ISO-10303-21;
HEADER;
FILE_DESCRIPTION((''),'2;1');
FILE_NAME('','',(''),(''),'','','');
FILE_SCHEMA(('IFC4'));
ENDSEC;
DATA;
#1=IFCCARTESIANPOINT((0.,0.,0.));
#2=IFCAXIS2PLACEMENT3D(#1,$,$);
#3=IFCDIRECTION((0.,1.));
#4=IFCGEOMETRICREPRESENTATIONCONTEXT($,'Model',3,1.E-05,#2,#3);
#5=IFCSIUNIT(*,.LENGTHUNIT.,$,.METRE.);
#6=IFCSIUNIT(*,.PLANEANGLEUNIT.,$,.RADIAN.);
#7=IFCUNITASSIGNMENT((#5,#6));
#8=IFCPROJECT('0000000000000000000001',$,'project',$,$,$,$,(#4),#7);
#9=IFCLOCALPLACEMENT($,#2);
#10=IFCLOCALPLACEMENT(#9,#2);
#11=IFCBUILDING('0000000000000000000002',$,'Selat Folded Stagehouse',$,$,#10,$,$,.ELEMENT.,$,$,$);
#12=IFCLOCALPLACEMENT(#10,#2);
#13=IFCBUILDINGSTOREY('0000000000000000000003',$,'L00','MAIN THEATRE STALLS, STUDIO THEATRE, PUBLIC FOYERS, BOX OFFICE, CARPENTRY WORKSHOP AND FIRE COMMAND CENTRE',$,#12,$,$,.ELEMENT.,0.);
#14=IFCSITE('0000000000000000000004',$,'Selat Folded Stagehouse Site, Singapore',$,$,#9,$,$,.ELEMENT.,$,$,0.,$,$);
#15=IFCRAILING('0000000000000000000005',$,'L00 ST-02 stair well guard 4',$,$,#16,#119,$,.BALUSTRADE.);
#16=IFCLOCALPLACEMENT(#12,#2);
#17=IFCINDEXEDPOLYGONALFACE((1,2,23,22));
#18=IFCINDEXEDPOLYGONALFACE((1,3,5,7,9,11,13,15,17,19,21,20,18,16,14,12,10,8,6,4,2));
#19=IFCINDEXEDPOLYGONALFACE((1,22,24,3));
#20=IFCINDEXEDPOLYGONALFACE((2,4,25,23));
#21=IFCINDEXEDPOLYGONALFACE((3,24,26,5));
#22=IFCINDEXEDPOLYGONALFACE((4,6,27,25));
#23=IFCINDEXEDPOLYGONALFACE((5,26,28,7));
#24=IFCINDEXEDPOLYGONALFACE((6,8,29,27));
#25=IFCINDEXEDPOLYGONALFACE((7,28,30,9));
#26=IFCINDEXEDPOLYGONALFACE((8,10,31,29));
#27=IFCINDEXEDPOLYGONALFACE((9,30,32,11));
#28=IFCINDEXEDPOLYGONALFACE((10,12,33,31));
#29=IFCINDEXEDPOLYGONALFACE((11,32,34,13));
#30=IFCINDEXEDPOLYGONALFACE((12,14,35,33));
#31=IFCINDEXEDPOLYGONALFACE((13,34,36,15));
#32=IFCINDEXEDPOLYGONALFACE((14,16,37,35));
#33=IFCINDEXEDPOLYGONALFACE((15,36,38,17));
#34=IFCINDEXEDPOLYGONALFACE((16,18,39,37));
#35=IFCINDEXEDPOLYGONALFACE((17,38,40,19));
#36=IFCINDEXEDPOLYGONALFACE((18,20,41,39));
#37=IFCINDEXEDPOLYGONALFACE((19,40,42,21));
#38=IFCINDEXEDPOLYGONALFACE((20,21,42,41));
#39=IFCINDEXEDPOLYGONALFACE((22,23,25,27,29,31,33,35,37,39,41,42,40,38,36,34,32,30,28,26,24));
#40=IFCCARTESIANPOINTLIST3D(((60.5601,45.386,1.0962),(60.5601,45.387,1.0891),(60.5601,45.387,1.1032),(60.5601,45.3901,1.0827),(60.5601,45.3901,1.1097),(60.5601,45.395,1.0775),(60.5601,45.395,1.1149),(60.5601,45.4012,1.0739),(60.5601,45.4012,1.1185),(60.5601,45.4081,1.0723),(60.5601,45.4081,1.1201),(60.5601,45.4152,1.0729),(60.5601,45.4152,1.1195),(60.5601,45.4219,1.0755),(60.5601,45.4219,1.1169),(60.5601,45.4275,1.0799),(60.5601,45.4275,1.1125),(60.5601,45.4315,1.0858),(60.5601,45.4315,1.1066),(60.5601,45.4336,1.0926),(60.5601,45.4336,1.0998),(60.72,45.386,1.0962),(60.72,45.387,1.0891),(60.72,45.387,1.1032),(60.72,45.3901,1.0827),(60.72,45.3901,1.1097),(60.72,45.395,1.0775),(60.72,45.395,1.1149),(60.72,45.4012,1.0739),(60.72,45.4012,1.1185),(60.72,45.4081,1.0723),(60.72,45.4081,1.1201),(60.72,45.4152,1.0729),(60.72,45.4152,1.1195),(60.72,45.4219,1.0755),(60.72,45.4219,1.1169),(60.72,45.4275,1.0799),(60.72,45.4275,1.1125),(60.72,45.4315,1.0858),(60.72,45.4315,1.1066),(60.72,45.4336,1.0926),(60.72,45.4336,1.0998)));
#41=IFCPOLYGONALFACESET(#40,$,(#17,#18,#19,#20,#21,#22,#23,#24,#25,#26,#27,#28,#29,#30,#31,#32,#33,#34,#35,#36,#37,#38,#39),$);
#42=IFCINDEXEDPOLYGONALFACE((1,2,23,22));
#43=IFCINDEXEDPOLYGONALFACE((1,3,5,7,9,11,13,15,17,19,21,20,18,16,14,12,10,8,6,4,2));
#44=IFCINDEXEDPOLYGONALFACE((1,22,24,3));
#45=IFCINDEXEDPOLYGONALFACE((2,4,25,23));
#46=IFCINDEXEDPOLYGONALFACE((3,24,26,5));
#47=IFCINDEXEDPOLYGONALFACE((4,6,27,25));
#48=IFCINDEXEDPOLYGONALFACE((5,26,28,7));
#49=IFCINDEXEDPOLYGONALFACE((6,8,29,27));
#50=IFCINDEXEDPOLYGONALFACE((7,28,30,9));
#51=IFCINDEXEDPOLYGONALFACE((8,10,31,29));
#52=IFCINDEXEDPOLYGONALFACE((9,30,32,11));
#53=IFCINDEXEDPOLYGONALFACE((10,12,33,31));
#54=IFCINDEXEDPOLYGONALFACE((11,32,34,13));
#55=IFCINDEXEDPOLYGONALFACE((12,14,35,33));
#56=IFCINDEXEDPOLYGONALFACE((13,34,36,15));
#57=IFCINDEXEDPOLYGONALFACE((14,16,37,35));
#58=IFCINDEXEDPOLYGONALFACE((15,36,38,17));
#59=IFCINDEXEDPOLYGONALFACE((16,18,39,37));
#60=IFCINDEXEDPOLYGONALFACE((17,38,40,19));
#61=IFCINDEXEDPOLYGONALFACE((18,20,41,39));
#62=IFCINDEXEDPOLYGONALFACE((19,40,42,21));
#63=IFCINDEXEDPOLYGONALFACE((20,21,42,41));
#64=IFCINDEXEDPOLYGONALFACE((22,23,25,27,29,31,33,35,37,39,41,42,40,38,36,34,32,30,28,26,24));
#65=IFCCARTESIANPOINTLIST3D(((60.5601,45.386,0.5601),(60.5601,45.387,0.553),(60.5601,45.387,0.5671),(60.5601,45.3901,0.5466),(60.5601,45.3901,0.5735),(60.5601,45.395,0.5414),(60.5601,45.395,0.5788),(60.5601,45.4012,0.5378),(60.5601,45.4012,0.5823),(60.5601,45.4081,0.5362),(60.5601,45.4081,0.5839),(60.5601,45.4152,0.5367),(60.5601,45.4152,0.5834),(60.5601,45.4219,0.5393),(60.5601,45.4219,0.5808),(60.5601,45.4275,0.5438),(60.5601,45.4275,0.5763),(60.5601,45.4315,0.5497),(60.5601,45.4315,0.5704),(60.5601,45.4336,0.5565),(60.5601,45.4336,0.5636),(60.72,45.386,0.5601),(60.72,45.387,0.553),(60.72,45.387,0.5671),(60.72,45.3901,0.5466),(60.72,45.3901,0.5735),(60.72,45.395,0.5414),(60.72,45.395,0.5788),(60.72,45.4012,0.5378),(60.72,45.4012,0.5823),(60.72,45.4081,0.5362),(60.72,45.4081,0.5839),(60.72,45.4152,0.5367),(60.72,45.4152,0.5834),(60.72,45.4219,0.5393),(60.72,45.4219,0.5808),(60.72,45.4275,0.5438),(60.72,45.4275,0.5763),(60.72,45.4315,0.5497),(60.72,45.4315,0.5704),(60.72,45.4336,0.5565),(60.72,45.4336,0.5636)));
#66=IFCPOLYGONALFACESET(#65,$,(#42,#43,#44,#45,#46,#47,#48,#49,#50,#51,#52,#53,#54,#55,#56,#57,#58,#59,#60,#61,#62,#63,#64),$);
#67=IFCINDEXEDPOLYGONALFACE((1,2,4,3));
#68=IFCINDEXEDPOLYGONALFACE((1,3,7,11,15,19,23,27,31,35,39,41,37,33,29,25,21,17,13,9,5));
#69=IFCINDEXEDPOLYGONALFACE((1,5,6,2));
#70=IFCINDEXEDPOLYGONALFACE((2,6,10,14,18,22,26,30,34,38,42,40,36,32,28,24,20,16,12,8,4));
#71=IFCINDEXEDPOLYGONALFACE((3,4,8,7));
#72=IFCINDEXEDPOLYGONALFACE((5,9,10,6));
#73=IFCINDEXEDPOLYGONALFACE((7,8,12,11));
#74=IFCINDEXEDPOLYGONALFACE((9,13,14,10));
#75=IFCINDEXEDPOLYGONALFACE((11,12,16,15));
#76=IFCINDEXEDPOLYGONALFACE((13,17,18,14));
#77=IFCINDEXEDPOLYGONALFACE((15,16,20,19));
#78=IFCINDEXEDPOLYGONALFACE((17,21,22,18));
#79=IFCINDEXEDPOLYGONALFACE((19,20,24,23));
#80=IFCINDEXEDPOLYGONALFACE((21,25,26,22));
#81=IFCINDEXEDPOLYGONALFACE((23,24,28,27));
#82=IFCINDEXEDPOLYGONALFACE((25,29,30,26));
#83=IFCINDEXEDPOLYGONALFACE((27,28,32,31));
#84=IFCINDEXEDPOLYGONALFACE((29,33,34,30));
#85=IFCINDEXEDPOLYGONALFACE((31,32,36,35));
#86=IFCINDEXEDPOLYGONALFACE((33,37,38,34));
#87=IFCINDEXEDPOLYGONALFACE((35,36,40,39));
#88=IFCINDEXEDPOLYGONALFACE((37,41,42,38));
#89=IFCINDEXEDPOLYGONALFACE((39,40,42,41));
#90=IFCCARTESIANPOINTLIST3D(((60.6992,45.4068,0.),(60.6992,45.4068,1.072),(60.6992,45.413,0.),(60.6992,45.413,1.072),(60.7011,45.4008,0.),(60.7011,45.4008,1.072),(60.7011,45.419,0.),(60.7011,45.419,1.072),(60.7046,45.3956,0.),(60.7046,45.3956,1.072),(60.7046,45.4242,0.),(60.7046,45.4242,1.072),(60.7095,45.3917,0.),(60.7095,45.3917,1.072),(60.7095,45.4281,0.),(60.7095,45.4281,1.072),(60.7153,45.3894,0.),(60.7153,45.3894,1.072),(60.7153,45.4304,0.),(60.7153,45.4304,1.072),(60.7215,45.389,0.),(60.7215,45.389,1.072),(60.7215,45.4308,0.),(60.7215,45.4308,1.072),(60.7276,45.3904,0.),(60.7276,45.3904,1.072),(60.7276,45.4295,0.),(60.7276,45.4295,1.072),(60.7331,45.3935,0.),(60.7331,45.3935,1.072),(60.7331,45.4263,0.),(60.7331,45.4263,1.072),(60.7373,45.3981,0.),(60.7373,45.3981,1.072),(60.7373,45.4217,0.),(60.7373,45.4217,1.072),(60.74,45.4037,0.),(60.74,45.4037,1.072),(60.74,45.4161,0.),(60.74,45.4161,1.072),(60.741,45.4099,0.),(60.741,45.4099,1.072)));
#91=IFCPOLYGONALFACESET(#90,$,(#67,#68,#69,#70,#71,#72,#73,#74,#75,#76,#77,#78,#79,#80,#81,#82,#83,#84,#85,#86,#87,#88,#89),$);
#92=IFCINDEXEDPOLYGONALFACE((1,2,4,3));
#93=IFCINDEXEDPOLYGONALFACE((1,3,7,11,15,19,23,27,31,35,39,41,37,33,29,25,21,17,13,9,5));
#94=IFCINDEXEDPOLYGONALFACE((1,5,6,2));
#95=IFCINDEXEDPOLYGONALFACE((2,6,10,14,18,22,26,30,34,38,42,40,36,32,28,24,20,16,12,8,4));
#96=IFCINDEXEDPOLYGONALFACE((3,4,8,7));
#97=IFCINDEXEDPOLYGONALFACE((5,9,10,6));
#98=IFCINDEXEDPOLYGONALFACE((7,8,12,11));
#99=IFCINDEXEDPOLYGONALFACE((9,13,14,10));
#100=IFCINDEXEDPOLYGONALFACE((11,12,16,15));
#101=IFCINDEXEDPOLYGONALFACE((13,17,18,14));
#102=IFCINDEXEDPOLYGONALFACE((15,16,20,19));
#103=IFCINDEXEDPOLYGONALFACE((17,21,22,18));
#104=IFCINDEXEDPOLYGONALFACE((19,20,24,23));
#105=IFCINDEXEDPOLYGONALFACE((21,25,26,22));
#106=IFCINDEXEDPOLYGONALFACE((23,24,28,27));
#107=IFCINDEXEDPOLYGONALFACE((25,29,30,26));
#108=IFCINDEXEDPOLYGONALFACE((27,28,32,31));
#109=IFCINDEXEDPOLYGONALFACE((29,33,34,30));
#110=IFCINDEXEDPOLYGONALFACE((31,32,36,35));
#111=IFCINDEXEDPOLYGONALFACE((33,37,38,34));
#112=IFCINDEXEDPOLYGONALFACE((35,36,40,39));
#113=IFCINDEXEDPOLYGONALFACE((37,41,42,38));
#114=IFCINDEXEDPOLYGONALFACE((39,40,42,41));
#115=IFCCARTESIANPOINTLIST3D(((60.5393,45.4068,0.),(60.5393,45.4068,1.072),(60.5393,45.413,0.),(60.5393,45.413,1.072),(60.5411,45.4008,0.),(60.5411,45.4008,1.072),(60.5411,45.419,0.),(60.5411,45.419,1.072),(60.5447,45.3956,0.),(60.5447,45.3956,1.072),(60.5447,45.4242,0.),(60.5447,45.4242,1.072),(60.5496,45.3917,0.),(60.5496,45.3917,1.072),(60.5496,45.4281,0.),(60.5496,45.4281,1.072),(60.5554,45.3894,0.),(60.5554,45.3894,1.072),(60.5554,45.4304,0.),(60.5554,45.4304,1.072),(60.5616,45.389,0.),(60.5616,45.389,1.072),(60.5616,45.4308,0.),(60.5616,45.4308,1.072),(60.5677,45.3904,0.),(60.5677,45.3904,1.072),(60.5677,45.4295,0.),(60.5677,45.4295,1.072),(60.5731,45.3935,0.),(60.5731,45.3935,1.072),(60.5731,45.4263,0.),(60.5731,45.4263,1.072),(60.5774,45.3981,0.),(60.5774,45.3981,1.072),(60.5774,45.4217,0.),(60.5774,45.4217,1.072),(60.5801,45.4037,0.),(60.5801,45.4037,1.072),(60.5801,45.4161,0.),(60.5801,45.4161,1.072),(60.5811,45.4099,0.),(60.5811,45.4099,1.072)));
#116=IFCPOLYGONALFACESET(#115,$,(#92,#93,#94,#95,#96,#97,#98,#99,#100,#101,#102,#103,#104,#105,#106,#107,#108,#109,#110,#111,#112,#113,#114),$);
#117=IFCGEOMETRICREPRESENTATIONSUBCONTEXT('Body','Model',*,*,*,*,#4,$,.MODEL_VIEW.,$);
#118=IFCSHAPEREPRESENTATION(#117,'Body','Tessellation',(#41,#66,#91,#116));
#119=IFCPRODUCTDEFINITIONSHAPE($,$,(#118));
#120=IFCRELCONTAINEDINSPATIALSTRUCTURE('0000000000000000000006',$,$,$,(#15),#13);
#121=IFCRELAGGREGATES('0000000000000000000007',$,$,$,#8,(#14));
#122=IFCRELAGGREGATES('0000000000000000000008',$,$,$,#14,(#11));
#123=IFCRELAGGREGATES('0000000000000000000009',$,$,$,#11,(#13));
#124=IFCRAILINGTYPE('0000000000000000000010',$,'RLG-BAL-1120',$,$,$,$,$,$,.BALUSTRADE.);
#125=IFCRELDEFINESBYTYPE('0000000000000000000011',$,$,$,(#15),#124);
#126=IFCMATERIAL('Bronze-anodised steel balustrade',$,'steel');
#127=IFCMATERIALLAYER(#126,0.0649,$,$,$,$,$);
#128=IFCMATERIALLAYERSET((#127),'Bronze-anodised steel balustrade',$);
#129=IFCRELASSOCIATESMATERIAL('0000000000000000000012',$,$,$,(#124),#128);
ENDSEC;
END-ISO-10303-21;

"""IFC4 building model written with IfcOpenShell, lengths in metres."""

from ifc_helpers import new_model, si_unit, direction, frame, origin, origin_2d, place, context, subcontext, project, spatial, circle, extrude, material, layer, layer_set, type_object, element, save


model = new_model("IFC4")

# Units and contexts
model_context = context("Model", 3, precision=1e-05, world=origin(), true_north=direction((0.0, 1.0)))
body_context = subcontext(model_context, "Body", "Model", "MODEL_VIEW")
ifc_project = project(units=[si_unit("LENGTHUNIT", "METRE"), si_unit("PLANEANGLEUNIT", "RADIAN")], contexts=[model_context])

# Site, building, storey
site_placement = place(None, origin())
site = spatial("IfcSite", under=ifc_project, at=site_placement, Name="Selat Folded Stagehouse Site, Singapore", CompositionType="ELEMENT", RefElevation=0.0)
building_placement = place(site_placement, origin())
building = spatial("IfcBuilding", under=site, at=building_placement, Name="Selat Folded Stagehouse", CompositionType="ELEMENT")
storey_placement = place(building_placement, origin())
storey = spatial("IfcBuildingStorey", under=building, at=storey_placement, Name="L00", Description="MAIN THEATRE STALLS, STUDIO THEATRE, PUBLIC FOYERS, BOX OFFICE, CARPENTRY WORKSHOP AND FIRE COMMAND CENTRE", CompositionType="ELEMENT", Elevation=0.0)

# Railing
ifc_material_1 = material(Name="Bronze-anodised steel balustrade", Category="steel")
ifc_layer_1 = layer(ifc_material_1, 0.0649)
ifc_layer_set_1 = layer_set([ifc_layer_1], Name="Bronze-anodised steel balustrade")
railing_type_1 = type_object("IfcRailingType", Name="RLG-BAL-1120", PredefinedType="BALUSTRADE", material=ifc_layer_set_1)
railing_1_placement = place(storey_placement, frame((60.72, 45.4099, 0.0)))
element("IfcRailing", 1, at=railing_1_placement, inside=storey, type_object=railing_type_1, Name="L00 ST-02 stair well guard 4", PredefinedType="BALUSTRADE", context=body_context, shape_type="SweptSolid", body=[
    extrude(circle(Radius=0.0239, at=origin_2d()), frame((0.0, 0.0, 1.0962), z_axis=(-1.0, 0.0, 0.0), x_axis=(0.0, -1.0, 0.0)), (0.0, 0.0, 1.0), 0.1599),
    extrude(circle(Radius=0.0239, at=origin_2d()), frame((0.0, 0.0, 0.5601), z_axis=(-1.0, 0.0, 0.0), x_axis=(0.0, -1.0, 0.0)), (0.0, 0.0, 1.0), 0.1599),
    extrude(circle(Radius=0.021, at=origin_2d()), origin(), (0.0, 0.0, 1.0), 1.072),
    extrude(circle(Radius=0.021, at=origin_2d()), frame((-0.1599, 0.0, 0.0)), (0.0, 0.0, 1.0), 1.072),
])

save(model, "model.ifc")
